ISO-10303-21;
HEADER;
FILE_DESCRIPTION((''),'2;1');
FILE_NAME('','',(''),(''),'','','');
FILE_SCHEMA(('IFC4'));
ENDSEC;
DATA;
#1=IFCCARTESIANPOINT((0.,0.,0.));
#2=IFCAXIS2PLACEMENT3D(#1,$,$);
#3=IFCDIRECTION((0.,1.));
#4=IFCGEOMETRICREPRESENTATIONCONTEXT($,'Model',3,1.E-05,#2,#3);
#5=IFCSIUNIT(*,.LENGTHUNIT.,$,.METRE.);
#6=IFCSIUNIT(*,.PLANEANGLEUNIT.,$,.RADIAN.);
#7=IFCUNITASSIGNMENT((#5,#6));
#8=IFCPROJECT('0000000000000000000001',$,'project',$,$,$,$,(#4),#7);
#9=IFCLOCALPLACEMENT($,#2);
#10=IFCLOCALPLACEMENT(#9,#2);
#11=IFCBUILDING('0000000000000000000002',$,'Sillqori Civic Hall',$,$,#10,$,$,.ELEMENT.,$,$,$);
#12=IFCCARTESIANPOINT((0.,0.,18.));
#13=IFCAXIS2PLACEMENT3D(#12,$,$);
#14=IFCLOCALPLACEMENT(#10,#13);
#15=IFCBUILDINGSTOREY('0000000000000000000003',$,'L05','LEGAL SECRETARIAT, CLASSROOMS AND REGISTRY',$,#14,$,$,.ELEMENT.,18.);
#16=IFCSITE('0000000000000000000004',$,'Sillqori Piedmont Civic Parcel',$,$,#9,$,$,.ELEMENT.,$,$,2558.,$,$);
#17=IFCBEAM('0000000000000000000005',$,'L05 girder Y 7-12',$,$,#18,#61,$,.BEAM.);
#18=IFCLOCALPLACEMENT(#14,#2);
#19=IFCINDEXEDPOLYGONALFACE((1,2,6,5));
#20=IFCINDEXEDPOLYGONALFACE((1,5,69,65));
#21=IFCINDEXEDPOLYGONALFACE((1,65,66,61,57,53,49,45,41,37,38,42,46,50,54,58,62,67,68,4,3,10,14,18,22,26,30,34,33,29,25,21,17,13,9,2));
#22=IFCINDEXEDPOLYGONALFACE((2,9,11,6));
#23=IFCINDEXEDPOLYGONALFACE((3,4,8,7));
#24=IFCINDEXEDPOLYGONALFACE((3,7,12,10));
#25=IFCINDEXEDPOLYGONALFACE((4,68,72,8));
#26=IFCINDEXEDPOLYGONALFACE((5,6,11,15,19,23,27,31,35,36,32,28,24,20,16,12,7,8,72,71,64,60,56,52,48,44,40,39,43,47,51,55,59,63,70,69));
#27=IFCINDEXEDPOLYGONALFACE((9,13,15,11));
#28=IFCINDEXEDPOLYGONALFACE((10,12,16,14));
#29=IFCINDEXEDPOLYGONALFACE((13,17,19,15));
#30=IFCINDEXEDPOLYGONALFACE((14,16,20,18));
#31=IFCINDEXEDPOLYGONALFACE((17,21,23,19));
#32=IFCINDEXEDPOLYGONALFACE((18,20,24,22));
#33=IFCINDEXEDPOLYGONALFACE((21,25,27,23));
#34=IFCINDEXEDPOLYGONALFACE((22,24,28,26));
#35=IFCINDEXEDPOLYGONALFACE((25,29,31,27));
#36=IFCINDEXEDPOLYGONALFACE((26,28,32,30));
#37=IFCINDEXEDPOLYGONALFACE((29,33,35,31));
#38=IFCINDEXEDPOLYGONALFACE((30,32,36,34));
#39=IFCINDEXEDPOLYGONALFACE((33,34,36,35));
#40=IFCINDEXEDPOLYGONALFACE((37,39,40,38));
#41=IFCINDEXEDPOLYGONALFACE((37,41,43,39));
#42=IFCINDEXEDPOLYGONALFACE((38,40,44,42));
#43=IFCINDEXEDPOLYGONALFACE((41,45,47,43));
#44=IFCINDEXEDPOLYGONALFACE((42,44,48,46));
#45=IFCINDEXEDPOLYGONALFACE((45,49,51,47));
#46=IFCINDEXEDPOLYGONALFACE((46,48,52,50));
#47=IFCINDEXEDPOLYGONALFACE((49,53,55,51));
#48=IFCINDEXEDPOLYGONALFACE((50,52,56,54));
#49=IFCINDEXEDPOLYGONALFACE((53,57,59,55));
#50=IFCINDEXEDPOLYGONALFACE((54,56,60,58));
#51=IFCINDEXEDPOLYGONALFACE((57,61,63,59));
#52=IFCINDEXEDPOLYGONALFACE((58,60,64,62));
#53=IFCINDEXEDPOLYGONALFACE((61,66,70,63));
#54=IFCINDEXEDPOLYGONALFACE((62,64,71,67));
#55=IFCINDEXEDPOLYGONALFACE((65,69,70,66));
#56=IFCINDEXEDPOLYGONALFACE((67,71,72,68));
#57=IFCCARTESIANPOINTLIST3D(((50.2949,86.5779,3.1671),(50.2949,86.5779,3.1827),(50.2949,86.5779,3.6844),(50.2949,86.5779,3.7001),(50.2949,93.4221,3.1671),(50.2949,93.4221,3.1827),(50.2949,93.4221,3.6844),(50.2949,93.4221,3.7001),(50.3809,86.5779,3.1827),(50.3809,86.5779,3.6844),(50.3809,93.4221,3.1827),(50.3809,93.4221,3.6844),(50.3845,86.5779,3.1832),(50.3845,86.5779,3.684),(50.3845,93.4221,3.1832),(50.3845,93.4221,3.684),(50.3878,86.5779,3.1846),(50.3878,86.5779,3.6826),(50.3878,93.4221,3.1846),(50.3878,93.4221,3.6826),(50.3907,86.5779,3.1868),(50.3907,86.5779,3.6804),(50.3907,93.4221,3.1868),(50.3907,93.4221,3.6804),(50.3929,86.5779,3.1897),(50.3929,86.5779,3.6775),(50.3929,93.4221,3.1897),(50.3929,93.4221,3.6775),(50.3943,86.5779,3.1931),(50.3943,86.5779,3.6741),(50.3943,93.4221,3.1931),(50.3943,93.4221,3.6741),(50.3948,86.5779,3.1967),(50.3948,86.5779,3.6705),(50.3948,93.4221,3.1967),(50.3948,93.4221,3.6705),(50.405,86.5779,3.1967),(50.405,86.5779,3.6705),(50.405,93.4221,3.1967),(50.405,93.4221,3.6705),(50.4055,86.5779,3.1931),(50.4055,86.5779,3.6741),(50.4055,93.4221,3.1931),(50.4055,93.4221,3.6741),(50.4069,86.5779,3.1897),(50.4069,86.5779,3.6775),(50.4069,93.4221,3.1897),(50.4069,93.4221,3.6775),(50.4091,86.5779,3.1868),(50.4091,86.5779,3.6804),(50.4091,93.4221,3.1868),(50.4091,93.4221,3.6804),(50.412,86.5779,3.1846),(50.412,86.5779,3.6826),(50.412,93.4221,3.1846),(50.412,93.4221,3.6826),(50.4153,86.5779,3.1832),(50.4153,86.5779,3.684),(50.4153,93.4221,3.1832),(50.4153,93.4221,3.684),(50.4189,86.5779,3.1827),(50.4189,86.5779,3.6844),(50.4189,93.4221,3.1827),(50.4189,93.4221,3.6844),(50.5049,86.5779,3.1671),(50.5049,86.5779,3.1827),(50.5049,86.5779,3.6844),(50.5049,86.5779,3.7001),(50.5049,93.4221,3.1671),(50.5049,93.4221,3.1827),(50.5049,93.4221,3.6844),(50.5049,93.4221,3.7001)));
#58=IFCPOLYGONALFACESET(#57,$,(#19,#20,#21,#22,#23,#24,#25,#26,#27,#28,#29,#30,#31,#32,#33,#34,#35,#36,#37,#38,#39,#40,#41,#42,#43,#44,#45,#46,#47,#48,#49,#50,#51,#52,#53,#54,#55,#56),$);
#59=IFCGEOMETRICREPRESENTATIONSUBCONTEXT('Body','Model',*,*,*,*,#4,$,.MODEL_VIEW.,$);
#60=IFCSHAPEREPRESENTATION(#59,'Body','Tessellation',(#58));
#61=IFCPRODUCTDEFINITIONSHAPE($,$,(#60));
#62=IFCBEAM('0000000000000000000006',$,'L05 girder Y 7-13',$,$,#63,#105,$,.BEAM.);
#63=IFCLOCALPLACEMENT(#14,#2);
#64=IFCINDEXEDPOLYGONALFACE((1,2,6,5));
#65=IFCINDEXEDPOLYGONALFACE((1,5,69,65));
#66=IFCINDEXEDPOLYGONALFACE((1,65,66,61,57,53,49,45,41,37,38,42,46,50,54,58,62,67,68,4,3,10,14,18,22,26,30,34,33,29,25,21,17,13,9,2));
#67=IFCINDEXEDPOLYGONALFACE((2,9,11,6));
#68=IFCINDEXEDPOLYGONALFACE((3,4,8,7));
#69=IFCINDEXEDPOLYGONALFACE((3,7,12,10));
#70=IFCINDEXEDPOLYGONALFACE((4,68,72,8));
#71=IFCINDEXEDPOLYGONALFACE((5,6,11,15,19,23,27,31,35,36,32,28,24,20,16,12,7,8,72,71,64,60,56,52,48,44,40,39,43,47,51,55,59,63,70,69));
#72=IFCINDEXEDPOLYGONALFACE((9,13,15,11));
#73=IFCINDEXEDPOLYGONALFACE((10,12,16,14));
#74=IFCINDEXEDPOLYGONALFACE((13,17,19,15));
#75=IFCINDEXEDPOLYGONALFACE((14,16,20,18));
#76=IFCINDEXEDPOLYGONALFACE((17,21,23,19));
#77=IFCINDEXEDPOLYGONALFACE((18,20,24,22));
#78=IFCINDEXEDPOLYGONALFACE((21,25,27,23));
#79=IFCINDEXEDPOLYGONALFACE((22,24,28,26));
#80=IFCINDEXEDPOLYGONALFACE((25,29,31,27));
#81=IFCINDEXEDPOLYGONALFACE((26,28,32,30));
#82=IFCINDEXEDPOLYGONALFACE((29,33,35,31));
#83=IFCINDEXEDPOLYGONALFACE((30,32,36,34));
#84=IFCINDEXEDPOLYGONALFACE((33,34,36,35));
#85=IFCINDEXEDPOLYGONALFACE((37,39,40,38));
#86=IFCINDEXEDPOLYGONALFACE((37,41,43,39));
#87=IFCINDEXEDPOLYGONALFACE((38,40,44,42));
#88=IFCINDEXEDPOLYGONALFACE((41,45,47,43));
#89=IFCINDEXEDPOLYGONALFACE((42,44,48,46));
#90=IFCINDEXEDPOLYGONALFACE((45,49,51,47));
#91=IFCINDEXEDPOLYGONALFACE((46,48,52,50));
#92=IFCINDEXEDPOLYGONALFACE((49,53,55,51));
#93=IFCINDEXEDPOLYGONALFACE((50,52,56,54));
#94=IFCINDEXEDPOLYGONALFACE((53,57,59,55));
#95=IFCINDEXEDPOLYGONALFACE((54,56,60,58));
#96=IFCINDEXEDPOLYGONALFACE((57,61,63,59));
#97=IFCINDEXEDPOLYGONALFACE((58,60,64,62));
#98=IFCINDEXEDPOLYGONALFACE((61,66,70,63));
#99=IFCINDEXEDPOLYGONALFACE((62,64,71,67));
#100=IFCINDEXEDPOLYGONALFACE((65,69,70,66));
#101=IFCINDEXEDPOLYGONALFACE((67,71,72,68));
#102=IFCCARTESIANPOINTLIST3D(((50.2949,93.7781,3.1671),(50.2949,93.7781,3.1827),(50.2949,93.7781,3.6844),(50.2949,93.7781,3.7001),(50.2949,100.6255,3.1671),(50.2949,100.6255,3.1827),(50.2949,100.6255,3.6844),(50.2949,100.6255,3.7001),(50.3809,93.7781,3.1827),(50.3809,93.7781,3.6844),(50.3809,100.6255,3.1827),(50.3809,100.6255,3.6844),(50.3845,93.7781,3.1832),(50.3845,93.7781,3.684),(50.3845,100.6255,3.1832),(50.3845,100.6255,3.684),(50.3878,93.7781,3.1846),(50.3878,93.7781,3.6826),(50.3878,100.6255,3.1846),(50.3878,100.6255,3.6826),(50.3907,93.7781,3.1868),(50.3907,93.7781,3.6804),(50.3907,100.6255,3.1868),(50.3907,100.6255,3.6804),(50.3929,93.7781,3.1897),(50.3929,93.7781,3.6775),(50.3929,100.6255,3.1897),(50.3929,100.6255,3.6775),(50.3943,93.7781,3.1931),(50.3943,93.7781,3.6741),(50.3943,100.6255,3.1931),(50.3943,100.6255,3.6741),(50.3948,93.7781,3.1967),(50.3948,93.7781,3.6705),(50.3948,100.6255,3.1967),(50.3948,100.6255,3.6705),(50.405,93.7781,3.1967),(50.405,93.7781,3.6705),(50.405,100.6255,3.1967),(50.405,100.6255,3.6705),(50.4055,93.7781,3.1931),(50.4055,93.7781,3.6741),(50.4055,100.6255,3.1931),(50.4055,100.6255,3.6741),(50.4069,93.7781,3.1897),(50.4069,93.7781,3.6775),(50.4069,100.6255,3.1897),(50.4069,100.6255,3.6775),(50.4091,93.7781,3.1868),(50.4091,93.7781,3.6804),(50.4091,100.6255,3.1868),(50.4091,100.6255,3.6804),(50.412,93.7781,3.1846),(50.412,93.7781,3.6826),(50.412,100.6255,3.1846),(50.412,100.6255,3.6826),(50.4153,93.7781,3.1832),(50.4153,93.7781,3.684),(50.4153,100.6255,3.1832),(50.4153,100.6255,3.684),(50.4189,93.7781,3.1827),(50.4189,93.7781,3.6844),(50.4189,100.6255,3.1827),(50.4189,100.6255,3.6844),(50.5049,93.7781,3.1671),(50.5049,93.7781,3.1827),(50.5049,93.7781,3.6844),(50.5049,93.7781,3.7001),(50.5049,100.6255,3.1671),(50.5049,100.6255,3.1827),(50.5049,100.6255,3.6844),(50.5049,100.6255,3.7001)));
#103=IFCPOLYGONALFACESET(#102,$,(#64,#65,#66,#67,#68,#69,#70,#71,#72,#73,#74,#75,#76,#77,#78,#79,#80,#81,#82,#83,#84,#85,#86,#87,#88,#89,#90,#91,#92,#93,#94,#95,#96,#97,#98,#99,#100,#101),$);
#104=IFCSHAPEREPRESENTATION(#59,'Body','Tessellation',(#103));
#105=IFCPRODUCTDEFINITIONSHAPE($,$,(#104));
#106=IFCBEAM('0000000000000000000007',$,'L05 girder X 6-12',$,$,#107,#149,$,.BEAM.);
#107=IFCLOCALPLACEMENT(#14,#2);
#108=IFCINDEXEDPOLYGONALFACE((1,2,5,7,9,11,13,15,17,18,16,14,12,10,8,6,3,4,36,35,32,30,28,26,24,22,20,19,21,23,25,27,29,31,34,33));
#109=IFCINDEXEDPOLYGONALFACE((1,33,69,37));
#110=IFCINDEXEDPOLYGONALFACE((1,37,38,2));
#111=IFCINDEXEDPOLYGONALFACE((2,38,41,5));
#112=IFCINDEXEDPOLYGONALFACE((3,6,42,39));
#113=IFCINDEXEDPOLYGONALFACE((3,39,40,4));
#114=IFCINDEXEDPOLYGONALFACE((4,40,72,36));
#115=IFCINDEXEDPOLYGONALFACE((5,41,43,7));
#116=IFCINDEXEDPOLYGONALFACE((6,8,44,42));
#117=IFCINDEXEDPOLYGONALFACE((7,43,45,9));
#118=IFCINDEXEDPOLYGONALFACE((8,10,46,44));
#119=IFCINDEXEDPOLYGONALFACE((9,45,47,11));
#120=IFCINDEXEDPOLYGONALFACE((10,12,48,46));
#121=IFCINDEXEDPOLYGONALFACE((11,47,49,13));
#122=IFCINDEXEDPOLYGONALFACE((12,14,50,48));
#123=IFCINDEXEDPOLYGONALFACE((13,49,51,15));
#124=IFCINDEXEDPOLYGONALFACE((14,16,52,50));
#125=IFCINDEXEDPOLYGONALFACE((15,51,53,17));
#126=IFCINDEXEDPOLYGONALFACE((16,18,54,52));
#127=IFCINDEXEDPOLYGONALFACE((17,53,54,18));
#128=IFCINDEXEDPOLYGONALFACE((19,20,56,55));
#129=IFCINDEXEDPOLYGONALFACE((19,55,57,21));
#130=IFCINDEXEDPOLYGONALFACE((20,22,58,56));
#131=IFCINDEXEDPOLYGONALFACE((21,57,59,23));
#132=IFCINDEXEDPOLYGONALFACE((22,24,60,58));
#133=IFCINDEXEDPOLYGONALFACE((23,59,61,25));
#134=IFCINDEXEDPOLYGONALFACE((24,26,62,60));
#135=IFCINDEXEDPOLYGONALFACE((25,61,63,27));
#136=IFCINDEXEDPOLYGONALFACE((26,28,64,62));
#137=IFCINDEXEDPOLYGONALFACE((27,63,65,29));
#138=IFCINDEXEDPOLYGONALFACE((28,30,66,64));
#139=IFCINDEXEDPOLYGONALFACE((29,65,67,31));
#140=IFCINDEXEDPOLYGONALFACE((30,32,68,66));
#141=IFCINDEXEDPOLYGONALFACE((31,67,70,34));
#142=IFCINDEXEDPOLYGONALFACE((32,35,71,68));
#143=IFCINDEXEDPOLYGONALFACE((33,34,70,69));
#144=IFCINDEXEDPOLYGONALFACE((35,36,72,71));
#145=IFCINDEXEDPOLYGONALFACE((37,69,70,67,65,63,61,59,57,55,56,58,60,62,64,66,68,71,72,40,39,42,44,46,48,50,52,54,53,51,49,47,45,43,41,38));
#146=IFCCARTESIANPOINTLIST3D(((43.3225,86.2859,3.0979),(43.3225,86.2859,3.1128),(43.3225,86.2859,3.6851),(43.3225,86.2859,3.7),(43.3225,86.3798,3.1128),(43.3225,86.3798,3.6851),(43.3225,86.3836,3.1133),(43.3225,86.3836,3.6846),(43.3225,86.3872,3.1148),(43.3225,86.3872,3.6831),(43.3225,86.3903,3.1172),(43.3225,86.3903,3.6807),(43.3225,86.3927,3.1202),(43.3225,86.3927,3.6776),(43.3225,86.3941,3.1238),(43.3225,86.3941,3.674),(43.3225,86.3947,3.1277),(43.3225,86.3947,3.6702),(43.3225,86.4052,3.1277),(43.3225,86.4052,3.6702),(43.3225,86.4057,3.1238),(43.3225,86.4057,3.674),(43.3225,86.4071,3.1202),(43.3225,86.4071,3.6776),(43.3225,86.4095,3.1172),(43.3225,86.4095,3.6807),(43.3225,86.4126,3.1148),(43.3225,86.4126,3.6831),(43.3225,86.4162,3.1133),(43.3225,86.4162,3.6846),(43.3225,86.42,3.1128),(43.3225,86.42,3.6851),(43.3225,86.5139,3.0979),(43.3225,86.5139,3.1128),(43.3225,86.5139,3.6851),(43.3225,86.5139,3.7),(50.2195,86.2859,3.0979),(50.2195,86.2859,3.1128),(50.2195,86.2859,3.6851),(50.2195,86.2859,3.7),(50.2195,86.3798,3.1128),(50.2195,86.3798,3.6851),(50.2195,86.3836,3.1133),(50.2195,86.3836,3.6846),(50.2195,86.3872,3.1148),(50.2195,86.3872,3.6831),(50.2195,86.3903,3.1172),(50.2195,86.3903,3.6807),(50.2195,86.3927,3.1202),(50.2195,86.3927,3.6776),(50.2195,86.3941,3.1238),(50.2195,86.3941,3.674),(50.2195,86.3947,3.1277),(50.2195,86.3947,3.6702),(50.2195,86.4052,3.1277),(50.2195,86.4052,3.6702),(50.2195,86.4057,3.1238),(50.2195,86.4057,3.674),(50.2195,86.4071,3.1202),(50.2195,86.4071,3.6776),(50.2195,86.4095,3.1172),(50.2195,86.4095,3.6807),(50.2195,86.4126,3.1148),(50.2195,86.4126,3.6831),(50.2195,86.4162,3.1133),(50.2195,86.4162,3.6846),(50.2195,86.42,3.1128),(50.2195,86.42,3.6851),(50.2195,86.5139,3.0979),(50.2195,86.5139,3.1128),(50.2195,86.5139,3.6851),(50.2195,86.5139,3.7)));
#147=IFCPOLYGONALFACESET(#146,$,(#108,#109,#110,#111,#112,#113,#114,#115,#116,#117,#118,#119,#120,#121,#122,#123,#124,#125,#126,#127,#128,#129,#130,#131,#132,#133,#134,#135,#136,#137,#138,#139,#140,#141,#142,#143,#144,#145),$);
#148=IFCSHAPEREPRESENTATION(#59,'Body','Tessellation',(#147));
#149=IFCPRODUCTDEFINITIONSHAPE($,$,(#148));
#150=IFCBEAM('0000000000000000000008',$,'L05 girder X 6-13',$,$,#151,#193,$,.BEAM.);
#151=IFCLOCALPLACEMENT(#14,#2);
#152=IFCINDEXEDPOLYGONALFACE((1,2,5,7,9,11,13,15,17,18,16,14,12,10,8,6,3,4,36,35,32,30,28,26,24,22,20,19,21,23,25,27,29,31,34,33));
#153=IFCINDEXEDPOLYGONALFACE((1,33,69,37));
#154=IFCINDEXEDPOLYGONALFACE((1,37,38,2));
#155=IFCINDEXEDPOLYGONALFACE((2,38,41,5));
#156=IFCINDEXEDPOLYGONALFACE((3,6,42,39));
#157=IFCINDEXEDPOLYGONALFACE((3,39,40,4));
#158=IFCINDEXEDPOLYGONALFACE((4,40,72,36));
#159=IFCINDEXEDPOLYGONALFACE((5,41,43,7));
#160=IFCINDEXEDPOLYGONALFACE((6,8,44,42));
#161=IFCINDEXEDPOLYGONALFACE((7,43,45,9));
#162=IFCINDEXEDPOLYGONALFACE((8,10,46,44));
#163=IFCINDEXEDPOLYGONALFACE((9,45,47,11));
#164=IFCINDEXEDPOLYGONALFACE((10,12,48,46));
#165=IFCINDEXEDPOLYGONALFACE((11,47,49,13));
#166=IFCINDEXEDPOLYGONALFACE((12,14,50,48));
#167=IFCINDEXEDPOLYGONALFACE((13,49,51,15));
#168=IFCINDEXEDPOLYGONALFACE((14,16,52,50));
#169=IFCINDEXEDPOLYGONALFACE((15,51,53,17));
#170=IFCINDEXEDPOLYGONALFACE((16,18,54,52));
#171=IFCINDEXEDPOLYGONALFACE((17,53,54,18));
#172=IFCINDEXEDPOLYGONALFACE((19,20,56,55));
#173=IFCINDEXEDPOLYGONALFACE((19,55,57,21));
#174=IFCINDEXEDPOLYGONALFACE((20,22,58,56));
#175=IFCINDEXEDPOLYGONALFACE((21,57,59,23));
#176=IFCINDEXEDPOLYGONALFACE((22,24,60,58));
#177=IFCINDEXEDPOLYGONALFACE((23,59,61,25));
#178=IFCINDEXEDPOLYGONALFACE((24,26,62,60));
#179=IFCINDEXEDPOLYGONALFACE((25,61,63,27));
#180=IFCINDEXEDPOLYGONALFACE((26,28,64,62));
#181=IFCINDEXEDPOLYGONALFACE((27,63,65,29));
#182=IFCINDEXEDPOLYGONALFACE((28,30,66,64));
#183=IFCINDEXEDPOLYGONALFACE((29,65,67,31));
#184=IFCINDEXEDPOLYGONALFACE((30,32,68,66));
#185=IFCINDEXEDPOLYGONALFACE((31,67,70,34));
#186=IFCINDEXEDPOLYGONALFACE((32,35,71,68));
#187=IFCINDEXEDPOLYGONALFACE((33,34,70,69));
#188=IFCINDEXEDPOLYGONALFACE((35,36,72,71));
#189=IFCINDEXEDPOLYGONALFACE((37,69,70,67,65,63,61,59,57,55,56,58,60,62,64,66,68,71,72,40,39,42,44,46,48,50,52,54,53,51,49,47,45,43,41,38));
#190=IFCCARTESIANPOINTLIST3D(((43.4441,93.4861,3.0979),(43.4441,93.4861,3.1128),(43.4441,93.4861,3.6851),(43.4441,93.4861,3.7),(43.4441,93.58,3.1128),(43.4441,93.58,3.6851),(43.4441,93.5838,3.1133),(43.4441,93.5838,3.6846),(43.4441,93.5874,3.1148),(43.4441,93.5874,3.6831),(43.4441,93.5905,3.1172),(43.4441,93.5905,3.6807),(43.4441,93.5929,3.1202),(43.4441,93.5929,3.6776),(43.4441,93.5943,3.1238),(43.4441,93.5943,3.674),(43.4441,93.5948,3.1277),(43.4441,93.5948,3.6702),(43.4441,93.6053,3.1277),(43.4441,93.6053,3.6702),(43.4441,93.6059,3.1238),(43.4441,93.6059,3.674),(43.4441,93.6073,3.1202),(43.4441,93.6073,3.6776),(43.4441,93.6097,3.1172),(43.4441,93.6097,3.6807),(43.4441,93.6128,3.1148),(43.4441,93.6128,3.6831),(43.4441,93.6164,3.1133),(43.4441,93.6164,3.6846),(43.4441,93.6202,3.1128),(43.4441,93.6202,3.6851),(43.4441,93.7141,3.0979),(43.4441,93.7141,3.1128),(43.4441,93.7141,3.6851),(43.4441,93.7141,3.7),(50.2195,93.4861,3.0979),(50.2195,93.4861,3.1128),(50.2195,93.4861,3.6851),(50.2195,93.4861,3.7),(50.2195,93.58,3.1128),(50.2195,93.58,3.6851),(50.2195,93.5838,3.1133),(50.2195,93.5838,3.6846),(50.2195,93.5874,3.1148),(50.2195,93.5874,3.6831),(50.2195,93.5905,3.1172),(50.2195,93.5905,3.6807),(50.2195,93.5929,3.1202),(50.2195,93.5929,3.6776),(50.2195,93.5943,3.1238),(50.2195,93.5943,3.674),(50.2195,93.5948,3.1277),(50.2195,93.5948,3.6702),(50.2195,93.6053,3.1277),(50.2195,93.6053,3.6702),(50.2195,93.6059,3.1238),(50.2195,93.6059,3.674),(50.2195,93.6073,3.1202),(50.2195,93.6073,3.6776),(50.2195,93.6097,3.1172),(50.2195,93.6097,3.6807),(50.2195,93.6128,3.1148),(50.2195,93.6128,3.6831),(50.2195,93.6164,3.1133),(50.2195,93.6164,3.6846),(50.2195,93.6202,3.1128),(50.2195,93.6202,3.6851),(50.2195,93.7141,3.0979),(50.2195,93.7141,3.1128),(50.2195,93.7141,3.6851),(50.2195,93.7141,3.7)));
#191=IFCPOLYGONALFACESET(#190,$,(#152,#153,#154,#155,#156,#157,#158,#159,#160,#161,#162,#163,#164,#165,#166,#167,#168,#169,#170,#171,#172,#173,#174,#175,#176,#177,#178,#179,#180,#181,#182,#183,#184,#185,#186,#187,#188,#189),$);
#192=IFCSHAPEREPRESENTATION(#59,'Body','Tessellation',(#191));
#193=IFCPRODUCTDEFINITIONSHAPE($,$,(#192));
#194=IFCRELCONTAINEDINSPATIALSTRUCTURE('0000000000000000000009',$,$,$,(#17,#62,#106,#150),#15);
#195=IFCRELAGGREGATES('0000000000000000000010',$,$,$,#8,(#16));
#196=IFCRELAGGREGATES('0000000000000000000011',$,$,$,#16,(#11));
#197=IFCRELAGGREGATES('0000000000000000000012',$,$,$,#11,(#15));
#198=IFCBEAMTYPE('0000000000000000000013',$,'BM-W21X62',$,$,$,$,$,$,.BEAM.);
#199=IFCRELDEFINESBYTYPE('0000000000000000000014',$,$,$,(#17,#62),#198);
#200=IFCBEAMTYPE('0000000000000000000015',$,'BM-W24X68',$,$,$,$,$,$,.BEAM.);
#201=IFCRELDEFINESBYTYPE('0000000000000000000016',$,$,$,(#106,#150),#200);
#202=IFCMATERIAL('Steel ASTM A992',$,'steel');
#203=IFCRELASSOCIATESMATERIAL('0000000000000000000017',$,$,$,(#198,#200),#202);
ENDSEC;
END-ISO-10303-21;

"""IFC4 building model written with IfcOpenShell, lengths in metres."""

from ifc_helpers import new_model, si_unit, direction, frame, origin, origin_2d, place, context, subcontext, project, spatial, i_section, extrude, material, material_profile, profile_set, type_object, element, save


model = new_model("IFC4")

# Units and contexts
model_context = context("Model", 3, precision=1e-05, world=origin(), true_north=direction((0.0, 1.0)))
body_context = subcontext(model_context, "Body", "Model", "MODEL_VIEW")
ifc_project = project(units=[si_unit("LENGTHUNIT", "METRE"), si_unit("PLANEANGLEUNIT", "RADIAN")], contexts=[model_context])

# Site, building, storey
site_placement = place(None, origin())
site = spatial("IfcSite", under=ifc_project, at=site_placement, Name="Sillqori Piedmont Civic Parcel", CompositionType="ELEMENT", RefElevation=2558.0)
building_placement = place(site_placement, origin())
building = spatial("IfcBuilding", under=site, at=building_placement, Name="Sillqori Civic Hall", CompositionType="ELEMENT")
storey_placement = place(building_placement, frame((0.0, 0.0, 18.0)))
storey = spatial("IfcBuildingStorey", under=building, at=storey_placement, Name="L05", Description="LEGAL SECRETARIAT, CLASSROOMS AND REGISTRY", CompositionType="ELEMENT", Elevation=18.0)

# Shared definitions
ifc_material_1 = material(Name="Steel ASTM A992", Category="steel")

# Beams
ifc_material_profile_1 = material_profile(ifc_material_1, i_section(OverallWidth=0.21, OverallDepth=0.533, WebThickness=0.0103, FlangeThickness=0.0156, FilletRadius=0.0139, at=origin_2d()), Name="W21X62")
ifc_profile_set_1 = profile_set([ifc_material_profile_1], Name="Steel ASTM A992")
beam_type_1 = type_object("IfcBeamType", Name="BM-W21X62", PredefinedType="BEAM", material=ifc_profile_set_1)
beam_1_placement = place(storey_placement, frame((50.3999, 86.5779, 3.4336), z_axis=(0.0, 1.0, 0.0), x_axis=(-1.0, 0.0, 0.0)))
element("IfcBeam", 1, at=beam_1_placement, inside=storey, type_object=beam_type_1, Name="L05 girder Y 7-12", PredefinedType="BEAM", context=body_context, shape_type="SweptSolid", body=[
    extrude(i_section(OverallWidth=0.21, OverallDepth=0.533, WebThickness=0.0103, FlangeThickness=0.0156, FilletRadius=0.0139, at=origin_2d()), origin(), (0.0, 0.0, 1.0), 6.8442),
])
beam_2_placement = place(storey_placement, frame((50.3999, 93.7781, 3.4336), z_axis=(0.0, 1.0, 0.0), x_axis=(-1.0, 0.0, 0.0)))
element("IfcBeam", 2, at=beam_2_placement, inside=storey, type_object=beam_type_1, Name="L05 girder Y 7-13", PredefinedType="BEAM", context=body_context, shape_type="SweptSolid", body=[
    extrude(i_section(OverallWidth=0.21, OverallDepth=0.533, WebThickness=0.0103, FlangeThickness=0.0156, FilletRadius=0.0139, at=origin_2d()), origin(), (0.0, 0.0, 1.0), 6.8474),
])
ifc_material_profile_2 = material_profile(ifc_material_1, i_section(OverallWidth=0.228, OverallDepth=0.6021, WebThickness=0.0105, FlangeThickness=0.0149, FilletRadius=0.0149, at=origin_2d()), Name="W24X68")
ifc_profile_set_2 = profile_set([ifc_material_profile_2], Name="Steel ASTM A992")
beam_type_2 = type_object("IfcBeamType", Name="BM-W24X68", PredefinedType="BEAM", material=ifc_profile_set_2)
beam_3_placement = place(storey_placement, frame((43.3225, 86.3999, 3.3989), z_axis=(1.0, 0.0, 0.0), x_axis=(0.0, 1.0, 0.0)))
element("IfcBeam", 3, at=beam_3_placement, inside=storey, type_object=beam_type_2, Name="L05 girder X 6-12", PredefinedType="BEAM", context=body_context, shape_type="SweptSolid", body=[
    extrude(i_section(OverallWidth=0.228, OverallDepth=0.6021, WebThickness=0.0105, FlangeThickness=0.0149, FilletRadius=0.0149, at=origin_2d()), origin(), (0.0, 0.0, 1.0), 6.897),
])
beam_4_placement = place(storey_placement, frame((43.4441, 93.6001, 3.3989), z_axis=(1.0, 0.0, 0.0), x_axis=(0.0, 1.0, 0.0)))
element("IfcBeam", 4, at=beam_4_placement, inside=storey, type_object=beam_type_2, Name="L05 girder X 6-13", PredefinedType="BEAM", context=body_context, shape_type="SweptSolid", body=[
    extrude(i_section(OverallWidth=0.228, OverallDepth=0.6021, WebThickness=0.0105, FlangeThickness=0.0149, FilletRadius=0.0149, at=origin_2d()), origin(), (0.0, 0.0, 1.0), 6.7754),
])

save(model, "model.ifc")
